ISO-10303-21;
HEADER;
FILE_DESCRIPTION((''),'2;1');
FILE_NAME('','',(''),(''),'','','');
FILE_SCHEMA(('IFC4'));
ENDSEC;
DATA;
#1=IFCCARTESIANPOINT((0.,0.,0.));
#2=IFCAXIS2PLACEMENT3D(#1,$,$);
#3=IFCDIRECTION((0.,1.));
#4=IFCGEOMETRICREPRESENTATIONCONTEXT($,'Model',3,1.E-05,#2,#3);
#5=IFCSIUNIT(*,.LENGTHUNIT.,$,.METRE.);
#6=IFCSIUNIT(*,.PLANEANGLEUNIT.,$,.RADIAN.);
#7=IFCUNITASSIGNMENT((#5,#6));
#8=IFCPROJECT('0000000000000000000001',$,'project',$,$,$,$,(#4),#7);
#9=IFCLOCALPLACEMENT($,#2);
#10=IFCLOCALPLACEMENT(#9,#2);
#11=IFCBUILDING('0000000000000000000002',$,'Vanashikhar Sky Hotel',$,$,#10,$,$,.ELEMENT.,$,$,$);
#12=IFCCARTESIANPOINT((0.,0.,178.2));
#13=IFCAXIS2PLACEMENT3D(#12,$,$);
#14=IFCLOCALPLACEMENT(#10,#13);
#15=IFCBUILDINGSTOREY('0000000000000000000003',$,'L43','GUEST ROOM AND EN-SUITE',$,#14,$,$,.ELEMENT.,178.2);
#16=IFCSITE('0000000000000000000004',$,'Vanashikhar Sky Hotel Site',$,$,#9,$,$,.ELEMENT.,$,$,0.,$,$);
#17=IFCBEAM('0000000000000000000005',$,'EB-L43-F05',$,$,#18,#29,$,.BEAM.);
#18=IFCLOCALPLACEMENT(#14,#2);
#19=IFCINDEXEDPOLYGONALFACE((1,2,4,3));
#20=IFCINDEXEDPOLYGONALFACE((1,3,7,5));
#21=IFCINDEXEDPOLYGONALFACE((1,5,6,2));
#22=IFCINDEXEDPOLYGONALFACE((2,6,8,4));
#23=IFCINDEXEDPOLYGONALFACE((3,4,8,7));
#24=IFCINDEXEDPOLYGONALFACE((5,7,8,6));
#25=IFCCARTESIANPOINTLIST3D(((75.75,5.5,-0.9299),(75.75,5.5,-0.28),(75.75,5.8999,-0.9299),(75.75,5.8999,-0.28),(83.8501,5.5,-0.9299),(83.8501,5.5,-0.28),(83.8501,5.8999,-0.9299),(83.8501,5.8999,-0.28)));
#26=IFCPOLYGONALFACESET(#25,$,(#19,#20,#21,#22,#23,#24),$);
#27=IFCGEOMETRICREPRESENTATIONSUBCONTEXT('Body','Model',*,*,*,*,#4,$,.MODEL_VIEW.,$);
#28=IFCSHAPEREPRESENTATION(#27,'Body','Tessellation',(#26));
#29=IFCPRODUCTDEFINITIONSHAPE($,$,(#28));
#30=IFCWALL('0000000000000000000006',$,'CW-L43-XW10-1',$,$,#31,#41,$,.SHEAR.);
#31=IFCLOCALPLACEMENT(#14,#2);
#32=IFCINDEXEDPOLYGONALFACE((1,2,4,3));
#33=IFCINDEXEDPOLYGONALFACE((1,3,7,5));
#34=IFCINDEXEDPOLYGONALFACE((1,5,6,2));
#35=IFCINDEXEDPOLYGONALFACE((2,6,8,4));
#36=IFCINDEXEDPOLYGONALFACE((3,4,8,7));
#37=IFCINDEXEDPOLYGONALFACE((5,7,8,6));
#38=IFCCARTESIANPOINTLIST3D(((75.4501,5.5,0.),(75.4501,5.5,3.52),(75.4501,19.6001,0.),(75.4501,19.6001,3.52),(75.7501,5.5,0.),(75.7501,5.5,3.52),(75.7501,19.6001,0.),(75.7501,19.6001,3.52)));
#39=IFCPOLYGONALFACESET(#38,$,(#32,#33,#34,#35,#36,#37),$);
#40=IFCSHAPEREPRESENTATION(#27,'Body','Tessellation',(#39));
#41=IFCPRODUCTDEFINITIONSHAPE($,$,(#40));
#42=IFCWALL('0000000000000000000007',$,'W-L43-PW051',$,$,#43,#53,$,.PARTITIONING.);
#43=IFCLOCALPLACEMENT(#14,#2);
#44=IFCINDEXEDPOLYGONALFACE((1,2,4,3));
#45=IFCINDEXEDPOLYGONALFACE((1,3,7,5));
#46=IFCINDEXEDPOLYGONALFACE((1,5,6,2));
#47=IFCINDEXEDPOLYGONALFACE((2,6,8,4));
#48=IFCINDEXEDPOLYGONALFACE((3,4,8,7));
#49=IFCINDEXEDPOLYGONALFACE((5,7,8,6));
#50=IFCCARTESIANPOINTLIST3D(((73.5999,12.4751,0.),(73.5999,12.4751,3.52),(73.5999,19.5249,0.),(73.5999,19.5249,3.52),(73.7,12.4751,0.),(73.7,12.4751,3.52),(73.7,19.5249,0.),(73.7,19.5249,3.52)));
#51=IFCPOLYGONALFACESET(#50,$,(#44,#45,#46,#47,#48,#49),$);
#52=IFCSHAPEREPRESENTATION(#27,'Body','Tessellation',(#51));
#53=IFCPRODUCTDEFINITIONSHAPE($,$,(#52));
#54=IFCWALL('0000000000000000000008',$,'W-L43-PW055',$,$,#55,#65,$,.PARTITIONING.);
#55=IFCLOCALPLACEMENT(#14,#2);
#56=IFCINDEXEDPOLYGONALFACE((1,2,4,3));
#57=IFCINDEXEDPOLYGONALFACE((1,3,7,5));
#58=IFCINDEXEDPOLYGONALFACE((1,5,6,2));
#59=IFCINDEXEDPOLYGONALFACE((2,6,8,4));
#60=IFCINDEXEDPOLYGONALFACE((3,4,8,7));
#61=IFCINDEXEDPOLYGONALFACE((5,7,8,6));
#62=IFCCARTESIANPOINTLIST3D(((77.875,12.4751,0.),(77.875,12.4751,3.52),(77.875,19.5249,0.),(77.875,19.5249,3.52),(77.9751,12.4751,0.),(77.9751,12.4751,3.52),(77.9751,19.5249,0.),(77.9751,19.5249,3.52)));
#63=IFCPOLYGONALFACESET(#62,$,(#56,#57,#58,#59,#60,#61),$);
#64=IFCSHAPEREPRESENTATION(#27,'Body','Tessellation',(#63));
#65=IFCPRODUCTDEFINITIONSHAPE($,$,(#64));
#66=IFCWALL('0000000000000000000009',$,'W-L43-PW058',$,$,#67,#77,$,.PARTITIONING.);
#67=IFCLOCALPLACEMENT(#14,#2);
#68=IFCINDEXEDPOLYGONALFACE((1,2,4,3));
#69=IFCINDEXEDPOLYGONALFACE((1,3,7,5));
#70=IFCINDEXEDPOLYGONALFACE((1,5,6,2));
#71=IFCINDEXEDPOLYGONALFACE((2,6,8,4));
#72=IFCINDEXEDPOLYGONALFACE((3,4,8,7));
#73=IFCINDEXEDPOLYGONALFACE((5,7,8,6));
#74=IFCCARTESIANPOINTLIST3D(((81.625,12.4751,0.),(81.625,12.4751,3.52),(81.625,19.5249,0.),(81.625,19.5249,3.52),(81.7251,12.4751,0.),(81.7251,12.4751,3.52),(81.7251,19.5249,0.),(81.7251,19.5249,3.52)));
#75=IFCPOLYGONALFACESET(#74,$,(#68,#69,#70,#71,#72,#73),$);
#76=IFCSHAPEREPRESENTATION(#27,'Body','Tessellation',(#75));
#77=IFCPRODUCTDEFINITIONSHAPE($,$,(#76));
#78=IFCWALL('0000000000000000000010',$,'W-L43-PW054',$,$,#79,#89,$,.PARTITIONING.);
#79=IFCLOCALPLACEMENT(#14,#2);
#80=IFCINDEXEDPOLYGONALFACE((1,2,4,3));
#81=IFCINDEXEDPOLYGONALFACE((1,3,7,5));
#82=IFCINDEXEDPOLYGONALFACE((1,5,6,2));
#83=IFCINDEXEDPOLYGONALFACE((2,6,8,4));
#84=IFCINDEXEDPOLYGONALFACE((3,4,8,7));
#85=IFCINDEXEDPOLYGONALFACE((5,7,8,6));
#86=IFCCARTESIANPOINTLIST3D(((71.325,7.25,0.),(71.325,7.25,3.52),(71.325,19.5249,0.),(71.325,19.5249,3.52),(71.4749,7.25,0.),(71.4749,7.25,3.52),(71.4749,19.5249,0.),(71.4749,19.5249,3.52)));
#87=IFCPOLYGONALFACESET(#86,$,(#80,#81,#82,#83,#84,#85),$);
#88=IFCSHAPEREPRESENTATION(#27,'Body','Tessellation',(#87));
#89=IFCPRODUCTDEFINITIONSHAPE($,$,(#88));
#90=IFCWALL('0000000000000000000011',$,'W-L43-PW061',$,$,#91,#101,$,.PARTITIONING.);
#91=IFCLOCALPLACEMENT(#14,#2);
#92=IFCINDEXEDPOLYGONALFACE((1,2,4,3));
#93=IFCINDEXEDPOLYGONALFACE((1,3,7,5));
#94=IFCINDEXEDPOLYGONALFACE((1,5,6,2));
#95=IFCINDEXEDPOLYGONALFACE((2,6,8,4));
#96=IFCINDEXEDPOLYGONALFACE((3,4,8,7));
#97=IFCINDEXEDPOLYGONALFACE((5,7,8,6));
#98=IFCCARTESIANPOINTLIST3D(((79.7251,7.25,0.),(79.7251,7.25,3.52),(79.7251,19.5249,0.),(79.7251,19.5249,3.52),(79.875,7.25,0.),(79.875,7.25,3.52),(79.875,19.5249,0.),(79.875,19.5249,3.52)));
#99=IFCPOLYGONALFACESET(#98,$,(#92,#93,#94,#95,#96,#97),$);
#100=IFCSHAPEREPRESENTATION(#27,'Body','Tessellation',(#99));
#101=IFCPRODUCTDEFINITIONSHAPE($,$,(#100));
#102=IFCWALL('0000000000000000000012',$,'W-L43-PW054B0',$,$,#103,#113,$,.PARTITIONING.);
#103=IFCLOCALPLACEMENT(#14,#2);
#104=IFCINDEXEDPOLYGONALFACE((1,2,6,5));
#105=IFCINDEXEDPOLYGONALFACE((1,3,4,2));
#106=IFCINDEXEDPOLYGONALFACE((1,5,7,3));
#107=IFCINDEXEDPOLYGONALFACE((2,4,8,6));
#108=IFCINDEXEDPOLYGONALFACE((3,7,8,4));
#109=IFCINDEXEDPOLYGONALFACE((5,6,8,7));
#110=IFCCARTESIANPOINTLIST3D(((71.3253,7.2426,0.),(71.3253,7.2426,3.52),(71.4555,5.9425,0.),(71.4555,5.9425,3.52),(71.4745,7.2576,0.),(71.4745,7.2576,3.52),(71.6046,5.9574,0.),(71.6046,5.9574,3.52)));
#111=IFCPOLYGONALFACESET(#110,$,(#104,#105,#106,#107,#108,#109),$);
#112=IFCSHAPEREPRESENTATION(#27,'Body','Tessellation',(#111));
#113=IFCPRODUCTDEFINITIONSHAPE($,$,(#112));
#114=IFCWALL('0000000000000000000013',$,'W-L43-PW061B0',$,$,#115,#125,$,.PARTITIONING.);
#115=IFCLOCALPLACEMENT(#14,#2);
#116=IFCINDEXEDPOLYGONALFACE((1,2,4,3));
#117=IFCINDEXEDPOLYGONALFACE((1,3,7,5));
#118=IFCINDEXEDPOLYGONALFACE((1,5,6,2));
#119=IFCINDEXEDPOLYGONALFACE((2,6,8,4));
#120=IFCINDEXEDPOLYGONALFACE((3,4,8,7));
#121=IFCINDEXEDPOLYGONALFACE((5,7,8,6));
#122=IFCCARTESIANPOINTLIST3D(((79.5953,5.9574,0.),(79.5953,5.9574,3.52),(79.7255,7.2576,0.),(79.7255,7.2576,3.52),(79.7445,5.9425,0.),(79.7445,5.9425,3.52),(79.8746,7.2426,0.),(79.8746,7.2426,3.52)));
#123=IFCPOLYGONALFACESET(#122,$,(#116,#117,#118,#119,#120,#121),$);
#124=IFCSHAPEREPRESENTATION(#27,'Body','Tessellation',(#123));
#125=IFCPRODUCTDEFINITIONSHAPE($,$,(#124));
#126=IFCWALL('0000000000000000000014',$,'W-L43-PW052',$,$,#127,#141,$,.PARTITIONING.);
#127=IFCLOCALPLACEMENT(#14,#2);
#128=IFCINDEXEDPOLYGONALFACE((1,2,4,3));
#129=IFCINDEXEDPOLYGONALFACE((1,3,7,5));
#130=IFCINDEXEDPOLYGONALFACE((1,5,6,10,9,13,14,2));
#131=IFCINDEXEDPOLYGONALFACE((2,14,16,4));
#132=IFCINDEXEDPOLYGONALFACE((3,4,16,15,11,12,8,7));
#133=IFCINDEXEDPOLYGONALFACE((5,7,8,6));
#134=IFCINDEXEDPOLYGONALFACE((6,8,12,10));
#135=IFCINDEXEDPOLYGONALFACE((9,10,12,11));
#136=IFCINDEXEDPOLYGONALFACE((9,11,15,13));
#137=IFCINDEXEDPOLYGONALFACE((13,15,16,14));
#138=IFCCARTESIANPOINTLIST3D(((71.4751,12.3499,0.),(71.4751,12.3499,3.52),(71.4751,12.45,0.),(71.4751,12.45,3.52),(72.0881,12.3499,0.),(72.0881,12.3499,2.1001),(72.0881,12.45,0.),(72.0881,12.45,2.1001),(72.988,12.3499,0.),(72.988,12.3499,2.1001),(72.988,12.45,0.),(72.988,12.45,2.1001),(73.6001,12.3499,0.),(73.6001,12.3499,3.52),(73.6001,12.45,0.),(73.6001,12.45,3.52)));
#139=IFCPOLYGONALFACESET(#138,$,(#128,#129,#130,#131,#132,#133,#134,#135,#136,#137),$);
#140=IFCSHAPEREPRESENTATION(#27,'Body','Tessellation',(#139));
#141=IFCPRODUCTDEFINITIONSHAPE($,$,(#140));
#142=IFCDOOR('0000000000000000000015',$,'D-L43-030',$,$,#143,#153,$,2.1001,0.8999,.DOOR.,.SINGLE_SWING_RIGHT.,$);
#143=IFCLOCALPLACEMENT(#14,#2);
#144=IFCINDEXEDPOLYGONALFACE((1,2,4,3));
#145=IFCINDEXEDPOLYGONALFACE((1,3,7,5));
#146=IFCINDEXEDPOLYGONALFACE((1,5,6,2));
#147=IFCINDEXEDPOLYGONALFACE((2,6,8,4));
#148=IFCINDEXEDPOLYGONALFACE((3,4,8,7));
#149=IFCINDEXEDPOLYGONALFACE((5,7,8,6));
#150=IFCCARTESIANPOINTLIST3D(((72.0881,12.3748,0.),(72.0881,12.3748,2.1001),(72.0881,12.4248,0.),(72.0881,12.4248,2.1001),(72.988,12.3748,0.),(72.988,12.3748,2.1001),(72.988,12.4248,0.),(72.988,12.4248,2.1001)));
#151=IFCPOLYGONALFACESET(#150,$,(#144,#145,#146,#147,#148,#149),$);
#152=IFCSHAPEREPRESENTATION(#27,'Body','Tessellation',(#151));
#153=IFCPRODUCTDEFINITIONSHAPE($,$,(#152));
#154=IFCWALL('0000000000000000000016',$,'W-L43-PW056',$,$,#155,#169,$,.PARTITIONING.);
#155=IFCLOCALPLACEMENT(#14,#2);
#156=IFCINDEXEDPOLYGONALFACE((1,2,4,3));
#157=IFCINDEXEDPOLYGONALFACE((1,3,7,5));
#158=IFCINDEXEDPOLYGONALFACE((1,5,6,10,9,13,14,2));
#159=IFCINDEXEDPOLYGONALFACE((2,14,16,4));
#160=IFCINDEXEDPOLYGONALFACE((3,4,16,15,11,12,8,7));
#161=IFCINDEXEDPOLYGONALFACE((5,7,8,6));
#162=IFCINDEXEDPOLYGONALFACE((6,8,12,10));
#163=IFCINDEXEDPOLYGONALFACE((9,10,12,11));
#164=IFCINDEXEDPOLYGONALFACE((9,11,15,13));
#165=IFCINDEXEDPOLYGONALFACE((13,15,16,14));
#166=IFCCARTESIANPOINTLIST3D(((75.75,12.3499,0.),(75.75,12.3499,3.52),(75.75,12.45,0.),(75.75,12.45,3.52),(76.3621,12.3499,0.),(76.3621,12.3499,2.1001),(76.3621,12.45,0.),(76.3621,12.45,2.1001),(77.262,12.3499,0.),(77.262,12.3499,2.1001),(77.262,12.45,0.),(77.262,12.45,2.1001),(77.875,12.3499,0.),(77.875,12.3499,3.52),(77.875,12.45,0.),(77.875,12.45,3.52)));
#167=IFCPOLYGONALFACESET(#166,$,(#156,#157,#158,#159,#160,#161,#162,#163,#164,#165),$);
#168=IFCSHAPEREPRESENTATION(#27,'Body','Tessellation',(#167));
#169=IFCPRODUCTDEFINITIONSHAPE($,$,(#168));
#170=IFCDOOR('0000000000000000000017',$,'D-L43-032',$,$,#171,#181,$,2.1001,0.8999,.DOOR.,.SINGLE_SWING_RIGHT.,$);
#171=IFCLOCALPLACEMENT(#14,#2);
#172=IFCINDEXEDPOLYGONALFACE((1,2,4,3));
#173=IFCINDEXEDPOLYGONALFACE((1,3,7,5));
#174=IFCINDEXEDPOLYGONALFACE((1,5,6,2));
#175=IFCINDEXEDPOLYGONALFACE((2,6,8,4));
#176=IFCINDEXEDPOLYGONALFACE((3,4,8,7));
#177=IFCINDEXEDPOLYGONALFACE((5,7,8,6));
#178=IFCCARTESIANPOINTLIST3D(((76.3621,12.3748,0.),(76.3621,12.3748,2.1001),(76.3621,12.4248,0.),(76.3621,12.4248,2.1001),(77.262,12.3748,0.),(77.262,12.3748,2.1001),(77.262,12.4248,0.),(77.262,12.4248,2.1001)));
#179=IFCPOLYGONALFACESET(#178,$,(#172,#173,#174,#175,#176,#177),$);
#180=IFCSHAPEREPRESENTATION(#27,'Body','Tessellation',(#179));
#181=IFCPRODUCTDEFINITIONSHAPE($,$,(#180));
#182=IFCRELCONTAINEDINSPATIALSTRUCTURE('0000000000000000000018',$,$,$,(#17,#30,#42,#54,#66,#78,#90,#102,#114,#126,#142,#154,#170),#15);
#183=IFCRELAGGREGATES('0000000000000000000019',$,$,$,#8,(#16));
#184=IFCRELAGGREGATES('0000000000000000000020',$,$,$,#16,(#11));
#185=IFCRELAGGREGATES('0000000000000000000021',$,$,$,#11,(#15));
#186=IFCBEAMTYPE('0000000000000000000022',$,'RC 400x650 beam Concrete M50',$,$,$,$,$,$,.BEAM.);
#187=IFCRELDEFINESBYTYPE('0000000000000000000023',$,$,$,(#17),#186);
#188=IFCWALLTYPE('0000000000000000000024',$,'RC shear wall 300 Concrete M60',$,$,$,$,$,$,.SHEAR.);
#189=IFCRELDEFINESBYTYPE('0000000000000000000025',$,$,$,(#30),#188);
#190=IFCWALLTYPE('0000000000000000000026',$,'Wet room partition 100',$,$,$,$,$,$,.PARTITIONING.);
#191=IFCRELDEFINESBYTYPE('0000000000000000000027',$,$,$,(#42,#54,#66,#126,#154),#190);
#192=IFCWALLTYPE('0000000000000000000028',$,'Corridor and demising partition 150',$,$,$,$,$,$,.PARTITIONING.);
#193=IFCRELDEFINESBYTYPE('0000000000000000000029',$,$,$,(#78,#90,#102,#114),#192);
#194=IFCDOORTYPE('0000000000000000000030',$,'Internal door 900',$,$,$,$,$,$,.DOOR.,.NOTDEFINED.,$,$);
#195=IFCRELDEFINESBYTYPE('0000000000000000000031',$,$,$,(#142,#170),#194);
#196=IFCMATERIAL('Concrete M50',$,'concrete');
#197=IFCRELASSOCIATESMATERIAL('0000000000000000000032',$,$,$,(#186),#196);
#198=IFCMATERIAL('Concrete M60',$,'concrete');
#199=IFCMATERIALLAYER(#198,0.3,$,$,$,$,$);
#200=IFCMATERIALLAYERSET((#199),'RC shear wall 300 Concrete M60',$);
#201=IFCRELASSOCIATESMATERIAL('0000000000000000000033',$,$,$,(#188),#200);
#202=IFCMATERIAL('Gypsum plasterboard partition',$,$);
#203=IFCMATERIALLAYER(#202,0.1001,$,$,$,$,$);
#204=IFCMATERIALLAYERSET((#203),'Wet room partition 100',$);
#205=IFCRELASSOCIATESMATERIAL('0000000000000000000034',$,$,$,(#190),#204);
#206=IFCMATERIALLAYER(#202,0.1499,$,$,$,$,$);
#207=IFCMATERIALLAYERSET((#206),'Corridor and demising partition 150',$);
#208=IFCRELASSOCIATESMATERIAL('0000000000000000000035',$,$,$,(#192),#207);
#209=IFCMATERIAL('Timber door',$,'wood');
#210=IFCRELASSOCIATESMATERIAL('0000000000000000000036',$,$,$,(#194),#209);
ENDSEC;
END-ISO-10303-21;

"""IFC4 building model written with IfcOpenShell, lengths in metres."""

from ifc_helpers import new_model, si_unit, direction, frame, frame_2d, origin, origin_2d, place, context, subcontext, project, spatial, rectangle, extrude, source, transform, mapped, material, layer, layer_set, material_profile, profile_set, type_object, element, fill, save


model = new_model("IFC4")

# Units and contexts
model_context = context("Model", 3, precision=1e-05, world=origin(), true_north=direction((0.0, 1.0)))
body_context = subcontext(model_context, "Body", "Model", "MODEL_VIEW")
ifc_project = project(units=[si_unit("LENGTHUNIT", "METRE"), si_unit("PLANEANGLEUNIT", "RADIAN")], contexts=[model_context])

# Site, building, storey
site_placement = place(None, origin())
site = spatial("IfcSite", under=ifc_project, at=site_placement, Name="Vanashikhar Sky Hotel Site", CompositionType="ELEMENT", RefElevation=0.0)
building_placement = place(site_placement, origin())
building = spatial("IfcBuilding", under=site, at=building_placement, Name="Vanashikhar Sky Hotel", CompositionType="ELEMENT")
storey_placement = place(building_placement, frame((0.0, 0.0, 178.2)))
storey = spatial("IfcBuildingStorey", under=building, at=storey_placement, Name="L43", Description="GUEST ROOM AND EN-SUITE", CompositionType="ELEMENT", Elevation=178.2)

# Beam
ifc_material_1 = material(Name="Concrete M50", Category="concrete")
ifc_material_profile = material_profile(ifc_material_1, rectangle(XDim=0.3999, YDim=0.6499, at=origin_2d()))
ifc_profile_set = profile_set([ifc_material_profile], Name="RC 400x650 beam Concrete M50")
beam_type = type_object("IfcBeamType", Name="RC 400x650 beam Concrete M50", PredefinedType="BEAM", material=ifc_profile_set)
shared_shape_1 = source(origin(), body_context, "Body", "SweptSolid", [
    extrude(rectangle(XDim=0.3999, YDim=0.6499, at=origin_2d()), origin(), (0.0, 0.0, 1.0), 8.1001),
])
beam_placement = place(storey_placement, frame((75.75, 5.7, -0.605), z_axis=(1.0, 0.0, 0.0), x_axis=(0.0, 1.0, 0.0)))
element("IfcBeam", 1, at=beam_placement, inside=storey, type_object=beam_type, Name="EB-L43-F05", PredefinedType="BEAM", context=body_context, shape_type="MappedRepresentation", body=[
    mapped(shared_shape_1, transform((0.0, 0.0, 0.0), scale=1.0)),
])

# Wall
ifc_material_2 = material(Name="Concrete M60", Category="concrete")
ifc_layer_1 = layer(ifc_material_2, 0.3)
ifc_layer_set_1 = layer_set([ifc_layer_1], Name="RC shear wall 300 Concrete M60")
wall_type_1 = type_object("IfcWallType", Name="RC shear wall 300 Concrete M60", PredefinedType="SHEAR", material=ifc_layer_set_1)
shared_shape_2 = source(origin(), body_context, "Body", "SweptSolid", [
    extrude(rectangle(XDim=14.1001, YDim=0.3, at=frame_2d((7.05, 0.0))), origin(), (0.0, 0.0, 1.0), 3.52),
])
wall_1_placement = place(storey_placement, frame((75.6001, 5.5, 0.0), z_axis=(0.0, 0.0, 1.0), x_axis=(0.0, 1.0, 0.0)))
element("IfcWall", 2, at=wall_1_placement, inside=storey, type_object=wall_type_1, Name="CW-L43-XW10-1", PredefinedType="SHEAR", context=body_context, shape_type="MappedRepresentation", body=[
    mapped(shared_shape_2, transform((0.0, 0.0, 0.0), scale=1.0)),
])

# Walls
ifc_material_3 = material(Name="Gypsum plasterboard partition")
ifc_layer_2 = layer(ifc_material_3, 0.1001)
ifc_layer_set_2 = layer_set([ifc_layer_2], Name="Wet room partition 100")
wall_type_2 = type_object("IfcWallType", Name="Wet room partition 100", PredefinedType="PARTITIONING", material=ifc_layer_set_2)
shared_shape_3 = source(origin(), body_context, "Body", "SweptSolid", [
    extrude(rectangle(XDim=7.0498, YDim=0.1001, at=frame_2d((3.5249, 0.0))), origin(), (0.0, 0.0, 1.0), 3.52),
])
for number, where, z_axis, x_axis, name in (
    (3, (73.6499, 12.4751, 0.0), (0.0, 0.0, 1.0), (0.0, 1.0, 0.0), "W-L43-PW051"),
    (4, (77.925, 12.4751, 0.0), (0.0, 0.0, 1.0), (0.0, 1.0, 0.0), "W-L43-PW055"),
    (5, (81.675, 12.4751, 0.0), (0.0, 0.0, 1.0), (0.0, 1.0, 0.0), "W-L43-PW058"),
):
    element("IfcWall", number, at=place(storey_placement, frame(where, z_axis=z_axis, x_axis=x_axis)), inside=storey, type_object=wall_type_2, Name=name, PredefinedType="PARTITIONING", context=body_context, shape_type="MappedRepresentation", body=[
        mapped(shared_shape_3, transform((0.0, 0.0, 0.0), scale=1.0)),
    ])
ifc_layer_3 = layer(ifc_material_3, 0.1499)
ifc_layer_set_3 = layer_set([ifc_layer_3], Name="Corridor and demising partition 150")
wall_type_3 = type_object("IfcWallType", Name="Corridor and demising partition 150", PredefinedType="PARTITIONING", material=ifc_layer_set_3)
shared_shape_4 = source(origin(), body_context, "Body", "SweptSolid", [
    extrude(rectangle(XDim=12.2749, YDim=0.1499, at=frame_2d((6.1375, 0.0))), origin(), (0.0, 0.0, 1.0), 3.52),
])
for number, where, z_axis, x_axis, name in (
    (6, (71.3999, 7.25, 0.0), (0.0, 0.0, 1.0), (0.0, 1.0, 0.0), "W-L43-PW054"),
    (7, (79.8, 7.25, 0.0), (0.0, 0.0, 1.0), (0.0, 1.0, 0.0), "W-L43-PW061"),
):
    element("IfcWall", number, at=place(storey_placement, frame(where, z_axis=z_axis, x_axis=x_axis)), inside=storey, type_object=wall_type_3, Name=name, PredefinedType="PARTITIONING", context=body_context, shape_type="MappedRepresentation", body=[
        mapped(shared_shape_4, transform((0.0, 0.0, 0.0), scale=1.0)),
    ])
shared_shape_5 = source(origin(), body_context, "Body", "SweptSolid", [
    extrude(rectangle(XDim=1.3066, YDim=0.1499, at=frame_2d((0.6533, 0.0))), origin(), (0.0, 0.0, 1.0), 3.52),
])
for number, where, z_axis, x_axis, name in (
    (8, (71.53, 5.95, 0.0), (0.0, 0.0, 1.0), (-0.099596, 0.995028, 0.0), "W-L43-PW054B0"),
    (9, (79.6699, 5.95, 0.0), (0.0, 0.0, 1.0), (0.099596, 0.995028, 0.0), "W-L43-PW061B0"),
):
    element("IfcWall", number, at=place(storey_placement, frame(where, z_axis=z_axis, x_axis=x_axis)), inside=storey, type_object=wall_type_3, Name=name, PredefinedType="PARTITIONING", context=body_context, shape_type="MappedRepresentation", body=[
        mapped(shared_shape_5, transform((0.0, 0.0, 0.0), scale=1.0)),
    ])

# Walls, openings, doors
shared_shape_6 = source(origin(), body_context, "Body", "SweptSolid", [
    extrude(rectangle(XDim=2.125, YDim=0.1001, at=frame_2d((1.0625, 0.0))), origin(), (0.0, 0.0, 1.0), 3.52),
])
wall_2_placement = place(storey_placement, frame((71.4751, 12.3999, 0.0), z_axis=(0.0, 0.0, 1.0), x_axis=(1.0, 0.0, 0.0)))
wall_2 = element("IfcWall", 10, at=wall_2_placement, inside=storey, type_object=wall_type_2, Name="W-L43-PW052", PredefinedType="PARTITIONING", context=body_context, shape_type="MappedRepresentation", body=[
    mapped(shared_shape_6, transform((0.0, 0.0, 0.0), scale=1.0)),
])
shared_shape_7 = source(origin(), body_context, "Body", "SweptSolid", [
    extrude(rectangle(XDim=0.8999, YDim=2.1001, at=frame_2d((0.45, 1.05))), frame((0.0, 0.0601, 0.0), z_axis=(0.0, -1.0, 0.0), x_axis=(1.0, 0.0, 0.0)), (0.0, 0.0, 1.0), 0.1201),
])
opening_1_placement = place(wall_2_placement, frame((0.613, 0.0, 0.0)))
opening_1 = element("IfcOpeningElement", 11, at=opening_1_placement, cuts=wall_2, PredefinedType="OPENING", context=body_context, shape_type="MappedRepresentation", body=[
    mapped(shared_shape_7, transform((0.0, 0.0, 0.0), scale=1.0)),
])
ifc_material_4 = material(Name="Timber door", Category="wood")
door_type_1 = type_object("IfcDoorType", Name="Internal door 900", OperationType="NOTDEFINED", PredefinedType="DOOR", material=ifc_material_4)
shared_shape_8 = source(origin(), body_context, "Body", "SweptSolid", [
    extrude(rectangle(XDim=0.8999, YDim=2.1001, at=frame_2d((0.45, 1.05))), frame((0.0, 0.0249, 0.0), z_axis=(0.0, -1.0, 0.0), x_axis=(1.0, 0.0, 0.0)), (0.0, 0.0, 1.0), 0.05),
])
door_1_placement = place(opening_1_placement, origin())
door_1 = element("IfcDoor", 12, at=door_1_placement, inside=storey, type_object=door_type_1, Name="D-L43-030", OperationType="SINGLE_SWING_RIGHT", OverallHeight=2.1001, OverallWidth=0.8999, PredefinedType="DOOR", context=body_context, shape_type="MappedRepresentation", body=[
    mapped(shared_shape_8, transform((0.0, 0.0, 0.0), scale=1.0)),
])
fill(opening_1, door_1)
wall_3_placement = place(storey_placement, frame((75.75, 12.3999, 0.0), z_axis=(0.0, 0.0, 1.0), x_axis=(1.0, 0.0, 0.0)))
wall_3 = element("IfcWall", 13, at=wall_3_placement, inside=storey, type_object=wall_type_2, Name="W-L43-PW056", PredefinedType="PARTITIONING", context=body_context, shape_type="MappedRepresentation", body=[
    mapped(shared_shape_6, transform((0.0, 0.0, 0.0), scale=1.0)),
])
opening_2_placement = place(wall_3_placement, frame((0.6121, 0.0, 0.0)))
opening_2 = element("IfcOpeningElement", 14, at=opening_2_placement, cuts=wall_3, PredefinedType="OPENING", context=body_context, shape_type="MappedRepresentation", body=[
    mapped(shared_shape_7, transform((0.0, 0.0, 0.0), scale=1.0)),
])
door_2_placement = place(opening_2_placement, origin())
door_2 = element("IfcDoor", 15, at=door_2_placement, inside=storey, type_object=door_type_1, Name="D-L43-032", OperationType="SINGLE_SWING_RIGHT", OverallHeight=2.1001, OverallWidth=0.8999, PredefinedType="DOOR", context=body_context, shape_type="MappedRepresentation", body=[
    mapped(shared_shape_8, transform((0.0, 0.0, 0.0), scale=1.0)),
])
fill(opening_2, door_2)

save(model, "model.ifc")
